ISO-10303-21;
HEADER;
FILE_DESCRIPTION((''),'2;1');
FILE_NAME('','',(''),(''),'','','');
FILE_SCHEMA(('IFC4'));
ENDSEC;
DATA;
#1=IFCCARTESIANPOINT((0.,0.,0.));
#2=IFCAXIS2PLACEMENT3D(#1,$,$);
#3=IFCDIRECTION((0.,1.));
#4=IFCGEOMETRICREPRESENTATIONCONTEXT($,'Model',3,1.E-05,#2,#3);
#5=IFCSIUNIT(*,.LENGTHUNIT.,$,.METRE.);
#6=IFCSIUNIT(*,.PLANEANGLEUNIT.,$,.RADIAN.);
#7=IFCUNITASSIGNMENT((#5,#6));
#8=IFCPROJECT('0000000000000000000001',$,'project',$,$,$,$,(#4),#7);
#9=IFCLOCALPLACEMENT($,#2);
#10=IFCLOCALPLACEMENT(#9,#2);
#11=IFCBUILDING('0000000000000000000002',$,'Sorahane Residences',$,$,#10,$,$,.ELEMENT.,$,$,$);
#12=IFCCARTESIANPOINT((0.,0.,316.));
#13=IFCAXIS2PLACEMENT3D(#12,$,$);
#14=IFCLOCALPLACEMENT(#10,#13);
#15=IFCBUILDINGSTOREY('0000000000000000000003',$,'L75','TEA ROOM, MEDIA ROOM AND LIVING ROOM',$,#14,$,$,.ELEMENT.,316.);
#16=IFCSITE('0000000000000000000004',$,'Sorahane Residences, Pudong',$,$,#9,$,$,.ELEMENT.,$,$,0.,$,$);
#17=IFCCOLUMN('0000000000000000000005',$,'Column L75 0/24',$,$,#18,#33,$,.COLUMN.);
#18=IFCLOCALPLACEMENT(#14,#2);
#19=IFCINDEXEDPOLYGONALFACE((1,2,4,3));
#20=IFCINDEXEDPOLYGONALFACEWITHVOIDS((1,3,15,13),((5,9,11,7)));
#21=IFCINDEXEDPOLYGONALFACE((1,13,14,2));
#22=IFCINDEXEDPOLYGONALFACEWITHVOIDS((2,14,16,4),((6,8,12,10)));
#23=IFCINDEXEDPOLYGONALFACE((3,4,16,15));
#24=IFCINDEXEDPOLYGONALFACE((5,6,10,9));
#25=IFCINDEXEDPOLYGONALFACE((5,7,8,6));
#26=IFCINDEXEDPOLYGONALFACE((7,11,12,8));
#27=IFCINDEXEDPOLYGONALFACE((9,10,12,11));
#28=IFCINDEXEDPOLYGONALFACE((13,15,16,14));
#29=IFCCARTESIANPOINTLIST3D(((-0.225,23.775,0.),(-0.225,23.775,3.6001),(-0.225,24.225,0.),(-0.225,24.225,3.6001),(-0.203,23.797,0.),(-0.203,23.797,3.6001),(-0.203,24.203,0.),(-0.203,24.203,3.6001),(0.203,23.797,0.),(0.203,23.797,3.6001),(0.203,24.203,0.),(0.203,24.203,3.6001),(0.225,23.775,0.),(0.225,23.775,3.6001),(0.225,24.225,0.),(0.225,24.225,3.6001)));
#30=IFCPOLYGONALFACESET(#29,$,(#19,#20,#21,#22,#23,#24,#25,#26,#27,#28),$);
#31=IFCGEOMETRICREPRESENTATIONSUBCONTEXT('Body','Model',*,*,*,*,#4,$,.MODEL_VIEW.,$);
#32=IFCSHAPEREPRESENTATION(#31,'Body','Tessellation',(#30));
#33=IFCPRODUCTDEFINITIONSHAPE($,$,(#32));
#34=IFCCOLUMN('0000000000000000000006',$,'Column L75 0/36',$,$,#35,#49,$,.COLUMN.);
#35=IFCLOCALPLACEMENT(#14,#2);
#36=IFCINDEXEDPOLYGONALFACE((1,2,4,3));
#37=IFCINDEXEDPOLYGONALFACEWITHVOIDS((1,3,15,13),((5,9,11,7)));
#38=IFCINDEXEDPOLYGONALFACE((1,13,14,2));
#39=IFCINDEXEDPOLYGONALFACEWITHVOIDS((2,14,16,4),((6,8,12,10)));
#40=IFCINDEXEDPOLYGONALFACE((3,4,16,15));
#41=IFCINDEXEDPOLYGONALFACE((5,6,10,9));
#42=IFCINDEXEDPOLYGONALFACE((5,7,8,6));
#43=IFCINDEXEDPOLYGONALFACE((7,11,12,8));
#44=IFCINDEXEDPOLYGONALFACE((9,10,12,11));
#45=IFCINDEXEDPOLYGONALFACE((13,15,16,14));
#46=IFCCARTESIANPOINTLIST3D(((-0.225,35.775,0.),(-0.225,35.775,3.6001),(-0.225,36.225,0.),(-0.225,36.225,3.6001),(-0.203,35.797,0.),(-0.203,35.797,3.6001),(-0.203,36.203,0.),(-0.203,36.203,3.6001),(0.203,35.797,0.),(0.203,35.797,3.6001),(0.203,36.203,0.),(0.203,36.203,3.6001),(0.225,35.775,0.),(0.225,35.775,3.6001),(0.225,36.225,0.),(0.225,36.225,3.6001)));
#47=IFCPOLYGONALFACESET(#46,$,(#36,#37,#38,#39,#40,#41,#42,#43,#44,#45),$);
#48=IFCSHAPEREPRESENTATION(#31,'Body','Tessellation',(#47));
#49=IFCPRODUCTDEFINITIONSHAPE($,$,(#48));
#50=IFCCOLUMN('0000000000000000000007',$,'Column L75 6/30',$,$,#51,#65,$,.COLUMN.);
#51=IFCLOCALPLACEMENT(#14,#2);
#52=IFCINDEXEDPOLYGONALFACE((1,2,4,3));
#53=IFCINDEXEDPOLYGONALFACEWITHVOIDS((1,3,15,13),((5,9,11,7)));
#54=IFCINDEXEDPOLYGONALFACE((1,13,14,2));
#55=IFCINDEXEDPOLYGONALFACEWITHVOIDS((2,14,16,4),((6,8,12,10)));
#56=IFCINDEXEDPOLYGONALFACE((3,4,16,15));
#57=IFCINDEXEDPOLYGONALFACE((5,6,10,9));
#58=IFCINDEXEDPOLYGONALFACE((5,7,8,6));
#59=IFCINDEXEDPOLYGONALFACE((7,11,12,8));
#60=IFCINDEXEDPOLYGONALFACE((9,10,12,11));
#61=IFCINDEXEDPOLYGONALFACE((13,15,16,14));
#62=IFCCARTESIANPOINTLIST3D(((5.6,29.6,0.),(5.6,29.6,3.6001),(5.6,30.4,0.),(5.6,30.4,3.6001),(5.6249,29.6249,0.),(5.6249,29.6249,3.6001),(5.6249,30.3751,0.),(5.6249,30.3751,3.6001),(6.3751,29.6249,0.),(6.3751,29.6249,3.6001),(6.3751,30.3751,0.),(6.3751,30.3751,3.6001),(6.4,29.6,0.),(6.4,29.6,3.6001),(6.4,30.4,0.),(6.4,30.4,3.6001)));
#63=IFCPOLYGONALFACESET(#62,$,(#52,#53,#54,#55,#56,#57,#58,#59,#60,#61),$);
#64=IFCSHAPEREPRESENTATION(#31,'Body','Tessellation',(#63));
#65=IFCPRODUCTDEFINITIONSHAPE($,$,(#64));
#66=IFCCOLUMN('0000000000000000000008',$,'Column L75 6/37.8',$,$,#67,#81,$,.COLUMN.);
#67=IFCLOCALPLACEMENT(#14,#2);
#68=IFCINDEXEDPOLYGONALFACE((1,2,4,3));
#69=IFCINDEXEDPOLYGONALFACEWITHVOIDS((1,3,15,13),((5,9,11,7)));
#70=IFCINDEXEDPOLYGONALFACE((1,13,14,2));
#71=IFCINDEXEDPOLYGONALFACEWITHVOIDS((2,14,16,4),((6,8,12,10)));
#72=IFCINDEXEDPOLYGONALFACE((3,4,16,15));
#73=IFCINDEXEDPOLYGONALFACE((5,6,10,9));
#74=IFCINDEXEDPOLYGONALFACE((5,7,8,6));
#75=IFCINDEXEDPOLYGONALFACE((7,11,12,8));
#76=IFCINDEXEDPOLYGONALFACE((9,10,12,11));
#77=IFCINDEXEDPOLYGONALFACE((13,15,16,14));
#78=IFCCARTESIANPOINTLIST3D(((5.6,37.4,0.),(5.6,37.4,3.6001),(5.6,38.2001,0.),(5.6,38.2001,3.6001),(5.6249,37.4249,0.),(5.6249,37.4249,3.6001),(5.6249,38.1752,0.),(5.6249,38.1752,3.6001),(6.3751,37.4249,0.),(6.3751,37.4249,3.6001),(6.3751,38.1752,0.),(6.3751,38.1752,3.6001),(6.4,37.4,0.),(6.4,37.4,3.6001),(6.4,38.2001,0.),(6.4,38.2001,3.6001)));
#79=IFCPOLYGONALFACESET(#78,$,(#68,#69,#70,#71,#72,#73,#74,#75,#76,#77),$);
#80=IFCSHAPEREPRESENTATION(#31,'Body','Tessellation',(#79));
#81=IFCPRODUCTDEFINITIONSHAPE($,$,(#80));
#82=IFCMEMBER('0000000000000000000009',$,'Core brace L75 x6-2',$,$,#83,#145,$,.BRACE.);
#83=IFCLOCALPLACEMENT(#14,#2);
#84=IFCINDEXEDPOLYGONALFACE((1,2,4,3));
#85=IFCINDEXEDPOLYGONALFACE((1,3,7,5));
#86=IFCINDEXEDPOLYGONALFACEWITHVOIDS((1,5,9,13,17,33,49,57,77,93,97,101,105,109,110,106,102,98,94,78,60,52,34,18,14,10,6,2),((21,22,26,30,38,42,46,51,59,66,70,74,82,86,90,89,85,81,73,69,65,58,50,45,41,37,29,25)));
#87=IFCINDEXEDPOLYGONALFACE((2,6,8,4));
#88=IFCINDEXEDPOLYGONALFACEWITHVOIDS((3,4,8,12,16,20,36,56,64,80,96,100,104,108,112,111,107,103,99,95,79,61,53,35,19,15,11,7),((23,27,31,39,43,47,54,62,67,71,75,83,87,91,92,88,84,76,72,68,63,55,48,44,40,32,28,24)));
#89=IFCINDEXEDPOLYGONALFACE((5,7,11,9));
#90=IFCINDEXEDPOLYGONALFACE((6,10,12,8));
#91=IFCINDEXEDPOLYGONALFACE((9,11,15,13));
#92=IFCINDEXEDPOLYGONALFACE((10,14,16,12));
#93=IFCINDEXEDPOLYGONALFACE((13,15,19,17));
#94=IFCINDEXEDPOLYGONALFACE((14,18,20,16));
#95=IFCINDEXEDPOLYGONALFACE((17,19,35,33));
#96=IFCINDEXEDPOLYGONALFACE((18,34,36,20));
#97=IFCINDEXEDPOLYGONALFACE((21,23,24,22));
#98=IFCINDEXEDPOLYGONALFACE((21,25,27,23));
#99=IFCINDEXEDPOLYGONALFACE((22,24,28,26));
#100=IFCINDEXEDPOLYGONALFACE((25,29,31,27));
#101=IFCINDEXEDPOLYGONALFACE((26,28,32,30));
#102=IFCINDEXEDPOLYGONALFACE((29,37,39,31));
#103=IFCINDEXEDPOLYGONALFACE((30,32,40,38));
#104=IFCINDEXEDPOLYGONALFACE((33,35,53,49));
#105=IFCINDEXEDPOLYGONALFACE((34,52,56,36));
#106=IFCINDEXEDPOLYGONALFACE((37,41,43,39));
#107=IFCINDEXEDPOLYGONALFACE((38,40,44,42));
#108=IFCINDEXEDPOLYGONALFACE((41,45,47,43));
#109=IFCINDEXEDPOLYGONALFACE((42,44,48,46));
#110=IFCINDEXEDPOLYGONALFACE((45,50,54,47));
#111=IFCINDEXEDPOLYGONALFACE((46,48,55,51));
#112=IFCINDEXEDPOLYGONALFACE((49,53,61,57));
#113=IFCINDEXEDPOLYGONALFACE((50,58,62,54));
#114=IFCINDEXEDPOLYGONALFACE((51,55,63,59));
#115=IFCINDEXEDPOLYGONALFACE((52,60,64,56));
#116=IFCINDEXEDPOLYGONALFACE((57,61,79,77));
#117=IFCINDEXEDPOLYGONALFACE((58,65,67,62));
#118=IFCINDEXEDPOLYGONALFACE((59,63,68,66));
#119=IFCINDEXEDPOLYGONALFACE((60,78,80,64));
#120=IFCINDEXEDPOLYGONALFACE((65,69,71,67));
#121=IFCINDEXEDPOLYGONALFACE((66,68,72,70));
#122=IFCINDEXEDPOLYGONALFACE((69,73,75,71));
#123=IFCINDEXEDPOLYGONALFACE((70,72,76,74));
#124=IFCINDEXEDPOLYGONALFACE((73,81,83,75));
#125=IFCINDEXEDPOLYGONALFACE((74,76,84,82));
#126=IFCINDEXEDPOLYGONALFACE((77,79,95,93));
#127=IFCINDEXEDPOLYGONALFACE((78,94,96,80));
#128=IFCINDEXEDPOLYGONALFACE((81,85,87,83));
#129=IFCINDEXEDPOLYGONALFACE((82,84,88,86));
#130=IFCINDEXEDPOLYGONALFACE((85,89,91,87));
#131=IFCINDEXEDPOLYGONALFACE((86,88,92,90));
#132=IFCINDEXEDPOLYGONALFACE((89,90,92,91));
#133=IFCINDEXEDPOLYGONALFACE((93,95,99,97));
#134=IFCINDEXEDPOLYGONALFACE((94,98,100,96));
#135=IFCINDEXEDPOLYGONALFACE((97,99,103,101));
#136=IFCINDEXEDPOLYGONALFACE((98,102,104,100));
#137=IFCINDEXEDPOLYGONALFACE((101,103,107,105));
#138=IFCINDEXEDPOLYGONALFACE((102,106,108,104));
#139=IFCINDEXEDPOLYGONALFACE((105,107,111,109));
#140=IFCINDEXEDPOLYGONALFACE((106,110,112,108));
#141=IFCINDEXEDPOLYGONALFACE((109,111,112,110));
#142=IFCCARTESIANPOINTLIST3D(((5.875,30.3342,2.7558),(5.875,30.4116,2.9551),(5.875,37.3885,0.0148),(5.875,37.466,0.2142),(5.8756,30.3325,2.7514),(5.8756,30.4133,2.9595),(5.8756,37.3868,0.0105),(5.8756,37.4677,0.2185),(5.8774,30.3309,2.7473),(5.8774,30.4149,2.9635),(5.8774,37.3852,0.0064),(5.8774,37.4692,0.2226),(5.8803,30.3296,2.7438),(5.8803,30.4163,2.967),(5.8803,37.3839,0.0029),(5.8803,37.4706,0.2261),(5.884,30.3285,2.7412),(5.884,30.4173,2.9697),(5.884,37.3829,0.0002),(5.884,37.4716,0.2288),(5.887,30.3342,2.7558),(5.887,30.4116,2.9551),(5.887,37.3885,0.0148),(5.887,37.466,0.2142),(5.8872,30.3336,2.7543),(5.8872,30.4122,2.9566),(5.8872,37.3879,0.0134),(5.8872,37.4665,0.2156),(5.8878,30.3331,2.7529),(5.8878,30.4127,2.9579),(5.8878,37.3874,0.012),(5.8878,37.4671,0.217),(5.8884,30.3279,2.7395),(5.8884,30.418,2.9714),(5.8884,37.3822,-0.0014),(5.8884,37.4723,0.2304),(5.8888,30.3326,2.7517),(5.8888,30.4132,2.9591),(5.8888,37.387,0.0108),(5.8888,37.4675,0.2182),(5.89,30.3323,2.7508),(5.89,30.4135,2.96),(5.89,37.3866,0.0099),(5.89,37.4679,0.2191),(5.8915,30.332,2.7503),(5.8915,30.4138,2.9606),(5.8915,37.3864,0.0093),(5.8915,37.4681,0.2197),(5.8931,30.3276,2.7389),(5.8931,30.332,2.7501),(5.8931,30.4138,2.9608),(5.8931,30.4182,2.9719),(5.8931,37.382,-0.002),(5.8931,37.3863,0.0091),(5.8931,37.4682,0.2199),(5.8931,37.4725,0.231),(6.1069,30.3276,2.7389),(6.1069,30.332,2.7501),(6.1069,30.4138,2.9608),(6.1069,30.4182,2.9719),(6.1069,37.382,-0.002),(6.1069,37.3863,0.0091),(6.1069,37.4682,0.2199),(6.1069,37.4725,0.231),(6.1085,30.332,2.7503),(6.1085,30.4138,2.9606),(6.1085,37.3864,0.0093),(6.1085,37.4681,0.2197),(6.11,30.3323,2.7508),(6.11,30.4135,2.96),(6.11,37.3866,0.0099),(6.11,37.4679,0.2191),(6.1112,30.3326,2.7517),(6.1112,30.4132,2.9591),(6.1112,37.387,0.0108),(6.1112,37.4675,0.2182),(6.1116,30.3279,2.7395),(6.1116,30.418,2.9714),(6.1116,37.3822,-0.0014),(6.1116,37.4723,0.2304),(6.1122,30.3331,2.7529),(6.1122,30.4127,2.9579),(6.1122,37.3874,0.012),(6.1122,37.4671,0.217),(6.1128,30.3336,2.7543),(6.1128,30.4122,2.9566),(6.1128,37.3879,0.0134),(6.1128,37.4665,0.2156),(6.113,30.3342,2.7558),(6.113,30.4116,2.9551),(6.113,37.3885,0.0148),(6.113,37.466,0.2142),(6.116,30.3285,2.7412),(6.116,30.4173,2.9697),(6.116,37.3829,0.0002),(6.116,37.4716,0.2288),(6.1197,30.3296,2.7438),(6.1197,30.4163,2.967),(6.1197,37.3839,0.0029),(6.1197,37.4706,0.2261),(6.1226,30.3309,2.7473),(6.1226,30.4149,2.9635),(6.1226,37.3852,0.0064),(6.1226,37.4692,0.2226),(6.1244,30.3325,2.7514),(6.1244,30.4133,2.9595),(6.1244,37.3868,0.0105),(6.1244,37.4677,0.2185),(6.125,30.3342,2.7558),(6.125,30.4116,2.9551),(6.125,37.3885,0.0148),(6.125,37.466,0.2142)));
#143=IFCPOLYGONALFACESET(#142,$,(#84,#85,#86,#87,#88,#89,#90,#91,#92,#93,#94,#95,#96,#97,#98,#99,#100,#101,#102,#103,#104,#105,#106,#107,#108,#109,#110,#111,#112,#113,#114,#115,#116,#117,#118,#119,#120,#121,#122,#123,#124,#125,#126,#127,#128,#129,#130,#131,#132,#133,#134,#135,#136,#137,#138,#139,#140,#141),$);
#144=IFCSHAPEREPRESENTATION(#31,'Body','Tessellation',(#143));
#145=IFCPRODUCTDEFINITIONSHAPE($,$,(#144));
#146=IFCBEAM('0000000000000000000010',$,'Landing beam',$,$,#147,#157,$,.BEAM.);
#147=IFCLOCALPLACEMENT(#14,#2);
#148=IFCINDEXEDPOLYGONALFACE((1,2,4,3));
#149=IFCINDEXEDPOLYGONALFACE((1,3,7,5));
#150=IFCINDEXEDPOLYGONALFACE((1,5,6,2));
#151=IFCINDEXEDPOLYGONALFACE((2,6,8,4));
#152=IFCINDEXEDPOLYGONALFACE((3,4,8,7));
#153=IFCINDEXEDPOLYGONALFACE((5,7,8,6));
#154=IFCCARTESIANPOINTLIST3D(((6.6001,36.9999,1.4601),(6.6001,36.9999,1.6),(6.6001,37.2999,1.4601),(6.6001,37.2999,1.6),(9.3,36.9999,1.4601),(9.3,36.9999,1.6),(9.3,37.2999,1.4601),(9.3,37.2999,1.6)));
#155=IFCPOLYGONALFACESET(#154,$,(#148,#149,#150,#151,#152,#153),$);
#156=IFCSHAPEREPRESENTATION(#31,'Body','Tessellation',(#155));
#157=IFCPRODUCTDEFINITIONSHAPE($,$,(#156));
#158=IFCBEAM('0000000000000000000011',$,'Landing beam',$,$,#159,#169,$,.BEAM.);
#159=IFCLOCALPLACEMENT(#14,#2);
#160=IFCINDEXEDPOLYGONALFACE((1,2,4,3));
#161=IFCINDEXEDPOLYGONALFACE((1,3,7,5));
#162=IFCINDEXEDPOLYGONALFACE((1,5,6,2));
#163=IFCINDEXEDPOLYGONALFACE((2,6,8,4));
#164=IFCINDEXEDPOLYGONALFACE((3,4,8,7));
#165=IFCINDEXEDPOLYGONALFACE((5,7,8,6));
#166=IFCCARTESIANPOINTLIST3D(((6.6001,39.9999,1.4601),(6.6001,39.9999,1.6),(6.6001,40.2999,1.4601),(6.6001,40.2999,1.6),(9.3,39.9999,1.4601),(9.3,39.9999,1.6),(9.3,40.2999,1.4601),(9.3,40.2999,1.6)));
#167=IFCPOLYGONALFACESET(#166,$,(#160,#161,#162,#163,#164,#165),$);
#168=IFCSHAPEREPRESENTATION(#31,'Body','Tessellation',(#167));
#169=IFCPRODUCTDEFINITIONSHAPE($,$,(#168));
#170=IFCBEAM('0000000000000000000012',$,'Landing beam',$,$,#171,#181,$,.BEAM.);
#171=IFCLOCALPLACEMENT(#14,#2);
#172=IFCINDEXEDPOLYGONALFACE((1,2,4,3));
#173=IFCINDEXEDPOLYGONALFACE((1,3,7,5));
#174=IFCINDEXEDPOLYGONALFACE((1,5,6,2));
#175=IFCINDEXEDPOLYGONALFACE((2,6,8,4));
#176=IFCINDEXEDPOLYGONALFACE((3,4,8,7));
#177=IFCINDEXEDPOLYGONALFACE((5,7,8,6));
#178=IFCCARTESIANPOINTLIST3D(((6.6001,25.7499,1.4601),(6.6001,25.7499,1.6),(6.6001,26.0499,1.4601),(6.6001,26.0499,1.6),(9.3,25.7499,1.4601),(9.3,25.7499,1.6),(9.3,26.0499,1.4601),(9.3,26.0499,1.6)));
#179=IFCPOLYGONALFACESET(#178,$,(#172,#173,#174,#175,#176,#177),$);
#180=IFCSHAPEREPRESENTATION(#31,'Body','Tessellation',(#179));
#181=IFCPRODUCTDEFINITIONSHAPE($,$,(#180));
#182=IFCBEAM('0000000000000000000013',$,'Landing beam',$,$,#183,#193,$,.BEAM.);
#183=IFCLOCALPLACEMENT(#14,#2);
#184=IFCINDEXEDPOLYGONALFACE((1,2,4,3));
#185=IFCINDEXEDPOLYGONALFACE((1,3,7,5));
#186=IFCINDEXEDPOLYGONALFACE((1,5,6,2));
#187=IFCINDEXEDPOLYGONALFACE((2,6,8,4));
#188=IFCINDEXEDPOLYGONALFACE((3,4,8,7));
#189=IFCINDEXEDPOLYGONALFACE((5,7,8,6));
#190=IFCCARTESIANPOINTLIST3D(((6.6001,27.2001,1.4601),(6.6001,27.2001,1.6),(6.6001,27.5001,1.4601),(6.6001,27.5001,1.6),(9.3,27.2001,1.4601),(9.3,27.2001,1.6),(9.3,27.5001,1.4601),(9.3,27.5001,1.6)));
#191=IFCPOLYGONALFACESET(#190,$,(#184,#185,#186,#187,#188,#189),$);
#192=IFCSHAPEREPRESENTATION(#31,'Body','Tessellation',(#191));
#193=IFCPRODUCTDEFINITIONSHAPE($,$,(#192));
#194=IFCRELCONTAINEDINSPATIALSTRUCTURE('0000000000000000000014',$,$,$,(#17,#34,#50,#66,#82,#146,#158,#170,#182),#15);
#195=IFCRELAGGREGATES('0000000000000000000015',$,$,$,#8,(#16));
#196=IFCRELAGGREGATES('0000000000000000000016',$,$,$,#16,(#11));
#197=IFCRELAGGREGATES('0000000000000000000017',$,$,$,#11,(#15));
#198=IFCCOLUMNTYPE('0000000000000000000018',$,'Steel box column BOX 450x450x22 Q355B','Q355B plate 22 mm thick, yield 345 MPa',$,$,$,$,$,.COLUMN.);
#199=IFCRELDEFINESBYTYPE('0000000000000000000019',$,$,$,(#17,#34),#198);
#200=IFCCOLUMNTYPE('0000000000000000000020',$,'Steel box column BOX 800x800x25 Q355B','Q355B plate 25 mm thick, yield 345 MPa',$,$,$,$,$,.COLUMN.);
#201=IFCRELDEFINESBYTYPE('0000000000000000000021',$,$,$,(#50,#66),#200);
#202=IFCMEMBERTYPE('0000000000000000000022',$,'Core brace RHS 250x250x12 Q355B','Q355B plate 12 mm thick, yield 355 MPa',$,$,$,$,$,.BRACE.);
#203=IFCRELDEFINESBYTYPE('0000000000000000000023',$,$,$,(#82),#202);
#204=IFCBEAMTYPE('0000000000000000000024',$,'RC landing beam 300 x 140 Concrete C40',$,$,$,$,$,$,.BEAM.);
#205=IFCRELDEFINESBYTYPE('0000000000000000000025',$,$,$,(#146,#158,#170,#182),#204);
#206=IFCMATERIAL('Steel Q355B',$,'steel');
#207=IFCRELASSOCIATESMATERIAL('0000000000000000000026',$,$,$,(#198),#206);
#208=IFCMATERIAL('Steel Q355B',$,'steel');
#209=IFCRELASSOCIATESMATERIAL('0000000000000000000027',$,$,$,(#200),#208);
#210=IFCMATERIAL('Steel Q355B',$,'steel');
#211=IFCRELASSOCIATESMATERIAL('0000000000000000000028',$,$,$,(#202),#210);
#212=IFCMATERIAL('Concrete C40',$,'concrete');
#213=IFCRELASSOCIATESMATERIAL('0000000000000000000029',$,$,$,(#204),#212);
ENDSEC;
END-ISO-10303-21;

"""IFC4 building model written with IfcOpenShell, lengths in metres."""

from ifc_helpers import new_model, si_unit, direction, frame, origin, origin_2d, place, context, subcontext, project, spatial, rectangle, hollow_rectangle, extrude, material, material_profile, profile_set, type_object, element, save


model = new_model("IFC4")

# Units and contexts
model_context = context("Model", 3, precision=1e-05, world=origin(), true_north=direction((0.0, 1.0)))
body_context = subcontext(model_context, "Body", "Model", "MODEL_VIEW")
ifc_project = project(units=[si_unit("LENGTHUNIT", "METRE"), si_unit("PLANEANGLEUNIT", "RADIAN")], contexts=[model_context])

# Site, building, storey
site_placement = place(None, origin())
site = spatial("IfcSite", under=ifc_project, at=site_placement, Name="Sorahane Residences, Pudong", CompositionType="ELEMENT", RefElevation=0.0)
building_placement = place(site_placement, origin())
building = spatial("IfcBuilding", under=site, at=building_placement, Name="Sorahane Residences", CompositionType="ELEMENT")
storey_placement = place(building_placement, frame((0.0, 0.0, 316.0)))
storey = spatial("IfcBuildingStorey", under=building, at=storey_placement, Name="L75", Description="TEA ROOM, MEDIA ROOM AND LIVING ROOM", CompositionType="ELEMENT", Elevation=316.0)

# Columns
ifc_material_1 = material(Name="Steel Q355B", Category="steel")
ifc_material_profile_1 = material_profile(ifc_material_1, hollow_rectangle(XDim=0.45, YDim=0.45, WallThickness=0.022, at=origin_2d()), Name="BOX 450x450x22")
ifc_profile_set_1 = profile_set([ifc_material_profile_1], Name="Steel Q355B")
column_type_1 = type_object("IfcColumnType", Name="Steel box column BOX 450x450x22 Q355B", Description="Q355B plate 22 mm thick, yield 345 MPa", PredefinedType="COLUMN", material=ifc_profile_set_1)
for number, where, z_axis, x_axis, name in (
    (1, (0.0, 24.0, 0.0), (0.0, 0.0, 1.0), (1.0, 0.0, 0.0), "Column L75 0/24"),
    (2, (0.0, 36.0, 0.0), (0.0, 0.0, 1.0), (1.0, 0.0, 0.0), "Column L75 0/36"),
):
    element("IfcColumn", number, at=place(storey_placement, frame(where, z_axis=z_axis, x_axis=x_axis)), inside=storey, type_object=column_type_1, Name=name, PredefinedType="COLUMN", context=body_context, shape_type="SweptSolid", body=[
        extrude(hollow_rectangle(XDim=0.45, YDim=0.45, WallThickness=0.022, at=origin_2d()), origin(), (0.0, 0.0, 1.0), 3.6001),
    ])
ifc_material_2 = material(Name="Steel Q355B", Category="steel")
ifc_material_profile_2 = material_profile(ifc_material_2, hollow_rectangle(XDim=0.8, YDim=0.8, WallThickness=0.0249, at=origin_2d()), Name="BOX 800x800x25")
ifc_profile_set_2 = profile_set([ifc_material_profile_2], Name="Steel Q355B")
column_type_2 = type_object("IfcColumnType", Name="Steel box column BOX 800x800x25 Q355B", Description="Q355B plate 25 mm thick, yield 345 MPa", PredefinedType="COLUMN", material=ifc_profile_set_2)
for number, where, z_axis, x_axis, name in (
    (3, (6.0, 30.0, 0.0), (0.0, 0.0, 1.0), (1.0, 0.0, 0.0), "Column L75 6/30"),
    (4, (6.0, 37.8, 0.0), (0.0, 0.0, 1.0), (1.0, 0.0, 0.0), "Column L75 6/37.8"),
):
    element("IfcColumn", number, at=place(storey_placement, frame(where, z_axis=z_axis, x_axis=x_axis)), inside=storey, type_object=column_type_2, Name=name, PredefinedType="COLUMN", context=body_context, shape_type="SweptSolid", body=[
        extrude(hollow_rectangle(XDim=0.8, YDim=0.8, WallThickness=0.0249, at=origin_2d()), origin(), (0.0, 0.0, 1.0), 3.6001),
    ])

# Member
ifc_material_3 = material(Name="Steel Q355B", Category="steel")
ifc_material_profile_3 = material_profile(ifc_material_3, hollow_rectangle(XDim=0.25, YDim=0.25, WallThickness=0.012, InnerFilletRadius=0.0061, OuterFilletRadius=0.0181, at=origin_2d()), Name="RHS 250x250x12")
ifc_profile_set_3 = profile_set([ifc_material_profile_3], Name="Steel Q355B")
member_type = type_object("IfcMemberType", Name="Core brace RHS 250x250x12 Q355B", Description="Q355B plate 12 mm thick, yield 355 MPa", PredefinedType="BRACE", material=ifc_profile_set_3)
member_placement = place(storey_placement, frame((6.0, 37.4272, 0.1145), z_axis=(0.0, -0.932113, 0.362168), x_axis=(1.0, 0.0, 0.0)))
element("IfcMember", 5, at=member_placement, inside=storey, type_object=member_type, Name="Core brace L75 x6-2", PredefinedType="BRACE", context=body_context, shape_type="SweptSolid", body=[
    extrude(hollow_rectangle(XDim=0.25, YDim=0.25, WallThickness=0.012, InnerFilletRadius=0.0061, OuterFilletRadius=0.0181, at=origin_2d()), origin(), (0.0, 0.0, 1.0), 7.5681),
])

# Beams
ifc_material_4 = material(Name="Concrete C40", Category="concrete")
ifc_material_profile_4 = material_profile(ifc_material_4, rectangle(XDim=0.3, YDim=0.1399, at=origin_2d()), Name="300x140")
ifc_profile_set_4 = profile_set([ifc_material_profile_4], Name="Concrete C40")
beam_type_1 = type_object("IfcBeamType", Name="RC landing beam 300 x 140 Concrete C40", PredefinedType="BEAM", material=ifc_profile_set_4)
for number, where, z_axis, x_axis, name in (
    (6, (6.6001, 37.1499, 1.53), (1.0, 0.0, 0.0), (0.0, 1.0, 0.0), "Landing beam"),
    (7, (6.6001, 40.1499, 1.53), (1.0, 0.0, 0.0), (0.0, 1.0, 0.0), "Landing beam"),
    (8, (6.6001, 25.8999, 1.53), (1.0, 0.0, 0.0), (0.0, 1.0, 0.0), "Landing beam"),
    (9, (6.6001, 27.3501, 1.53), (1.0, 0.0, 0.0), (0.0, 1.0, 0.0), "Landing beam"),
):
    element("IfcBeam", number, at=place(storey_placement, frame(where, z_axis=z_axis, x_axis=x_axis)), inside=storey, type_object=beam_type_1, Name=name, PredefinedType="BEAM", context=body_context, shape_type="SweptSolid", body=[
        extrude(rectangle(XDim=0.3, YDim=0.1399, at=origin_2d()), origin(), (0.0, 0.0, 1.0), 2.7),
    ])

save(model, "model.ifc")
